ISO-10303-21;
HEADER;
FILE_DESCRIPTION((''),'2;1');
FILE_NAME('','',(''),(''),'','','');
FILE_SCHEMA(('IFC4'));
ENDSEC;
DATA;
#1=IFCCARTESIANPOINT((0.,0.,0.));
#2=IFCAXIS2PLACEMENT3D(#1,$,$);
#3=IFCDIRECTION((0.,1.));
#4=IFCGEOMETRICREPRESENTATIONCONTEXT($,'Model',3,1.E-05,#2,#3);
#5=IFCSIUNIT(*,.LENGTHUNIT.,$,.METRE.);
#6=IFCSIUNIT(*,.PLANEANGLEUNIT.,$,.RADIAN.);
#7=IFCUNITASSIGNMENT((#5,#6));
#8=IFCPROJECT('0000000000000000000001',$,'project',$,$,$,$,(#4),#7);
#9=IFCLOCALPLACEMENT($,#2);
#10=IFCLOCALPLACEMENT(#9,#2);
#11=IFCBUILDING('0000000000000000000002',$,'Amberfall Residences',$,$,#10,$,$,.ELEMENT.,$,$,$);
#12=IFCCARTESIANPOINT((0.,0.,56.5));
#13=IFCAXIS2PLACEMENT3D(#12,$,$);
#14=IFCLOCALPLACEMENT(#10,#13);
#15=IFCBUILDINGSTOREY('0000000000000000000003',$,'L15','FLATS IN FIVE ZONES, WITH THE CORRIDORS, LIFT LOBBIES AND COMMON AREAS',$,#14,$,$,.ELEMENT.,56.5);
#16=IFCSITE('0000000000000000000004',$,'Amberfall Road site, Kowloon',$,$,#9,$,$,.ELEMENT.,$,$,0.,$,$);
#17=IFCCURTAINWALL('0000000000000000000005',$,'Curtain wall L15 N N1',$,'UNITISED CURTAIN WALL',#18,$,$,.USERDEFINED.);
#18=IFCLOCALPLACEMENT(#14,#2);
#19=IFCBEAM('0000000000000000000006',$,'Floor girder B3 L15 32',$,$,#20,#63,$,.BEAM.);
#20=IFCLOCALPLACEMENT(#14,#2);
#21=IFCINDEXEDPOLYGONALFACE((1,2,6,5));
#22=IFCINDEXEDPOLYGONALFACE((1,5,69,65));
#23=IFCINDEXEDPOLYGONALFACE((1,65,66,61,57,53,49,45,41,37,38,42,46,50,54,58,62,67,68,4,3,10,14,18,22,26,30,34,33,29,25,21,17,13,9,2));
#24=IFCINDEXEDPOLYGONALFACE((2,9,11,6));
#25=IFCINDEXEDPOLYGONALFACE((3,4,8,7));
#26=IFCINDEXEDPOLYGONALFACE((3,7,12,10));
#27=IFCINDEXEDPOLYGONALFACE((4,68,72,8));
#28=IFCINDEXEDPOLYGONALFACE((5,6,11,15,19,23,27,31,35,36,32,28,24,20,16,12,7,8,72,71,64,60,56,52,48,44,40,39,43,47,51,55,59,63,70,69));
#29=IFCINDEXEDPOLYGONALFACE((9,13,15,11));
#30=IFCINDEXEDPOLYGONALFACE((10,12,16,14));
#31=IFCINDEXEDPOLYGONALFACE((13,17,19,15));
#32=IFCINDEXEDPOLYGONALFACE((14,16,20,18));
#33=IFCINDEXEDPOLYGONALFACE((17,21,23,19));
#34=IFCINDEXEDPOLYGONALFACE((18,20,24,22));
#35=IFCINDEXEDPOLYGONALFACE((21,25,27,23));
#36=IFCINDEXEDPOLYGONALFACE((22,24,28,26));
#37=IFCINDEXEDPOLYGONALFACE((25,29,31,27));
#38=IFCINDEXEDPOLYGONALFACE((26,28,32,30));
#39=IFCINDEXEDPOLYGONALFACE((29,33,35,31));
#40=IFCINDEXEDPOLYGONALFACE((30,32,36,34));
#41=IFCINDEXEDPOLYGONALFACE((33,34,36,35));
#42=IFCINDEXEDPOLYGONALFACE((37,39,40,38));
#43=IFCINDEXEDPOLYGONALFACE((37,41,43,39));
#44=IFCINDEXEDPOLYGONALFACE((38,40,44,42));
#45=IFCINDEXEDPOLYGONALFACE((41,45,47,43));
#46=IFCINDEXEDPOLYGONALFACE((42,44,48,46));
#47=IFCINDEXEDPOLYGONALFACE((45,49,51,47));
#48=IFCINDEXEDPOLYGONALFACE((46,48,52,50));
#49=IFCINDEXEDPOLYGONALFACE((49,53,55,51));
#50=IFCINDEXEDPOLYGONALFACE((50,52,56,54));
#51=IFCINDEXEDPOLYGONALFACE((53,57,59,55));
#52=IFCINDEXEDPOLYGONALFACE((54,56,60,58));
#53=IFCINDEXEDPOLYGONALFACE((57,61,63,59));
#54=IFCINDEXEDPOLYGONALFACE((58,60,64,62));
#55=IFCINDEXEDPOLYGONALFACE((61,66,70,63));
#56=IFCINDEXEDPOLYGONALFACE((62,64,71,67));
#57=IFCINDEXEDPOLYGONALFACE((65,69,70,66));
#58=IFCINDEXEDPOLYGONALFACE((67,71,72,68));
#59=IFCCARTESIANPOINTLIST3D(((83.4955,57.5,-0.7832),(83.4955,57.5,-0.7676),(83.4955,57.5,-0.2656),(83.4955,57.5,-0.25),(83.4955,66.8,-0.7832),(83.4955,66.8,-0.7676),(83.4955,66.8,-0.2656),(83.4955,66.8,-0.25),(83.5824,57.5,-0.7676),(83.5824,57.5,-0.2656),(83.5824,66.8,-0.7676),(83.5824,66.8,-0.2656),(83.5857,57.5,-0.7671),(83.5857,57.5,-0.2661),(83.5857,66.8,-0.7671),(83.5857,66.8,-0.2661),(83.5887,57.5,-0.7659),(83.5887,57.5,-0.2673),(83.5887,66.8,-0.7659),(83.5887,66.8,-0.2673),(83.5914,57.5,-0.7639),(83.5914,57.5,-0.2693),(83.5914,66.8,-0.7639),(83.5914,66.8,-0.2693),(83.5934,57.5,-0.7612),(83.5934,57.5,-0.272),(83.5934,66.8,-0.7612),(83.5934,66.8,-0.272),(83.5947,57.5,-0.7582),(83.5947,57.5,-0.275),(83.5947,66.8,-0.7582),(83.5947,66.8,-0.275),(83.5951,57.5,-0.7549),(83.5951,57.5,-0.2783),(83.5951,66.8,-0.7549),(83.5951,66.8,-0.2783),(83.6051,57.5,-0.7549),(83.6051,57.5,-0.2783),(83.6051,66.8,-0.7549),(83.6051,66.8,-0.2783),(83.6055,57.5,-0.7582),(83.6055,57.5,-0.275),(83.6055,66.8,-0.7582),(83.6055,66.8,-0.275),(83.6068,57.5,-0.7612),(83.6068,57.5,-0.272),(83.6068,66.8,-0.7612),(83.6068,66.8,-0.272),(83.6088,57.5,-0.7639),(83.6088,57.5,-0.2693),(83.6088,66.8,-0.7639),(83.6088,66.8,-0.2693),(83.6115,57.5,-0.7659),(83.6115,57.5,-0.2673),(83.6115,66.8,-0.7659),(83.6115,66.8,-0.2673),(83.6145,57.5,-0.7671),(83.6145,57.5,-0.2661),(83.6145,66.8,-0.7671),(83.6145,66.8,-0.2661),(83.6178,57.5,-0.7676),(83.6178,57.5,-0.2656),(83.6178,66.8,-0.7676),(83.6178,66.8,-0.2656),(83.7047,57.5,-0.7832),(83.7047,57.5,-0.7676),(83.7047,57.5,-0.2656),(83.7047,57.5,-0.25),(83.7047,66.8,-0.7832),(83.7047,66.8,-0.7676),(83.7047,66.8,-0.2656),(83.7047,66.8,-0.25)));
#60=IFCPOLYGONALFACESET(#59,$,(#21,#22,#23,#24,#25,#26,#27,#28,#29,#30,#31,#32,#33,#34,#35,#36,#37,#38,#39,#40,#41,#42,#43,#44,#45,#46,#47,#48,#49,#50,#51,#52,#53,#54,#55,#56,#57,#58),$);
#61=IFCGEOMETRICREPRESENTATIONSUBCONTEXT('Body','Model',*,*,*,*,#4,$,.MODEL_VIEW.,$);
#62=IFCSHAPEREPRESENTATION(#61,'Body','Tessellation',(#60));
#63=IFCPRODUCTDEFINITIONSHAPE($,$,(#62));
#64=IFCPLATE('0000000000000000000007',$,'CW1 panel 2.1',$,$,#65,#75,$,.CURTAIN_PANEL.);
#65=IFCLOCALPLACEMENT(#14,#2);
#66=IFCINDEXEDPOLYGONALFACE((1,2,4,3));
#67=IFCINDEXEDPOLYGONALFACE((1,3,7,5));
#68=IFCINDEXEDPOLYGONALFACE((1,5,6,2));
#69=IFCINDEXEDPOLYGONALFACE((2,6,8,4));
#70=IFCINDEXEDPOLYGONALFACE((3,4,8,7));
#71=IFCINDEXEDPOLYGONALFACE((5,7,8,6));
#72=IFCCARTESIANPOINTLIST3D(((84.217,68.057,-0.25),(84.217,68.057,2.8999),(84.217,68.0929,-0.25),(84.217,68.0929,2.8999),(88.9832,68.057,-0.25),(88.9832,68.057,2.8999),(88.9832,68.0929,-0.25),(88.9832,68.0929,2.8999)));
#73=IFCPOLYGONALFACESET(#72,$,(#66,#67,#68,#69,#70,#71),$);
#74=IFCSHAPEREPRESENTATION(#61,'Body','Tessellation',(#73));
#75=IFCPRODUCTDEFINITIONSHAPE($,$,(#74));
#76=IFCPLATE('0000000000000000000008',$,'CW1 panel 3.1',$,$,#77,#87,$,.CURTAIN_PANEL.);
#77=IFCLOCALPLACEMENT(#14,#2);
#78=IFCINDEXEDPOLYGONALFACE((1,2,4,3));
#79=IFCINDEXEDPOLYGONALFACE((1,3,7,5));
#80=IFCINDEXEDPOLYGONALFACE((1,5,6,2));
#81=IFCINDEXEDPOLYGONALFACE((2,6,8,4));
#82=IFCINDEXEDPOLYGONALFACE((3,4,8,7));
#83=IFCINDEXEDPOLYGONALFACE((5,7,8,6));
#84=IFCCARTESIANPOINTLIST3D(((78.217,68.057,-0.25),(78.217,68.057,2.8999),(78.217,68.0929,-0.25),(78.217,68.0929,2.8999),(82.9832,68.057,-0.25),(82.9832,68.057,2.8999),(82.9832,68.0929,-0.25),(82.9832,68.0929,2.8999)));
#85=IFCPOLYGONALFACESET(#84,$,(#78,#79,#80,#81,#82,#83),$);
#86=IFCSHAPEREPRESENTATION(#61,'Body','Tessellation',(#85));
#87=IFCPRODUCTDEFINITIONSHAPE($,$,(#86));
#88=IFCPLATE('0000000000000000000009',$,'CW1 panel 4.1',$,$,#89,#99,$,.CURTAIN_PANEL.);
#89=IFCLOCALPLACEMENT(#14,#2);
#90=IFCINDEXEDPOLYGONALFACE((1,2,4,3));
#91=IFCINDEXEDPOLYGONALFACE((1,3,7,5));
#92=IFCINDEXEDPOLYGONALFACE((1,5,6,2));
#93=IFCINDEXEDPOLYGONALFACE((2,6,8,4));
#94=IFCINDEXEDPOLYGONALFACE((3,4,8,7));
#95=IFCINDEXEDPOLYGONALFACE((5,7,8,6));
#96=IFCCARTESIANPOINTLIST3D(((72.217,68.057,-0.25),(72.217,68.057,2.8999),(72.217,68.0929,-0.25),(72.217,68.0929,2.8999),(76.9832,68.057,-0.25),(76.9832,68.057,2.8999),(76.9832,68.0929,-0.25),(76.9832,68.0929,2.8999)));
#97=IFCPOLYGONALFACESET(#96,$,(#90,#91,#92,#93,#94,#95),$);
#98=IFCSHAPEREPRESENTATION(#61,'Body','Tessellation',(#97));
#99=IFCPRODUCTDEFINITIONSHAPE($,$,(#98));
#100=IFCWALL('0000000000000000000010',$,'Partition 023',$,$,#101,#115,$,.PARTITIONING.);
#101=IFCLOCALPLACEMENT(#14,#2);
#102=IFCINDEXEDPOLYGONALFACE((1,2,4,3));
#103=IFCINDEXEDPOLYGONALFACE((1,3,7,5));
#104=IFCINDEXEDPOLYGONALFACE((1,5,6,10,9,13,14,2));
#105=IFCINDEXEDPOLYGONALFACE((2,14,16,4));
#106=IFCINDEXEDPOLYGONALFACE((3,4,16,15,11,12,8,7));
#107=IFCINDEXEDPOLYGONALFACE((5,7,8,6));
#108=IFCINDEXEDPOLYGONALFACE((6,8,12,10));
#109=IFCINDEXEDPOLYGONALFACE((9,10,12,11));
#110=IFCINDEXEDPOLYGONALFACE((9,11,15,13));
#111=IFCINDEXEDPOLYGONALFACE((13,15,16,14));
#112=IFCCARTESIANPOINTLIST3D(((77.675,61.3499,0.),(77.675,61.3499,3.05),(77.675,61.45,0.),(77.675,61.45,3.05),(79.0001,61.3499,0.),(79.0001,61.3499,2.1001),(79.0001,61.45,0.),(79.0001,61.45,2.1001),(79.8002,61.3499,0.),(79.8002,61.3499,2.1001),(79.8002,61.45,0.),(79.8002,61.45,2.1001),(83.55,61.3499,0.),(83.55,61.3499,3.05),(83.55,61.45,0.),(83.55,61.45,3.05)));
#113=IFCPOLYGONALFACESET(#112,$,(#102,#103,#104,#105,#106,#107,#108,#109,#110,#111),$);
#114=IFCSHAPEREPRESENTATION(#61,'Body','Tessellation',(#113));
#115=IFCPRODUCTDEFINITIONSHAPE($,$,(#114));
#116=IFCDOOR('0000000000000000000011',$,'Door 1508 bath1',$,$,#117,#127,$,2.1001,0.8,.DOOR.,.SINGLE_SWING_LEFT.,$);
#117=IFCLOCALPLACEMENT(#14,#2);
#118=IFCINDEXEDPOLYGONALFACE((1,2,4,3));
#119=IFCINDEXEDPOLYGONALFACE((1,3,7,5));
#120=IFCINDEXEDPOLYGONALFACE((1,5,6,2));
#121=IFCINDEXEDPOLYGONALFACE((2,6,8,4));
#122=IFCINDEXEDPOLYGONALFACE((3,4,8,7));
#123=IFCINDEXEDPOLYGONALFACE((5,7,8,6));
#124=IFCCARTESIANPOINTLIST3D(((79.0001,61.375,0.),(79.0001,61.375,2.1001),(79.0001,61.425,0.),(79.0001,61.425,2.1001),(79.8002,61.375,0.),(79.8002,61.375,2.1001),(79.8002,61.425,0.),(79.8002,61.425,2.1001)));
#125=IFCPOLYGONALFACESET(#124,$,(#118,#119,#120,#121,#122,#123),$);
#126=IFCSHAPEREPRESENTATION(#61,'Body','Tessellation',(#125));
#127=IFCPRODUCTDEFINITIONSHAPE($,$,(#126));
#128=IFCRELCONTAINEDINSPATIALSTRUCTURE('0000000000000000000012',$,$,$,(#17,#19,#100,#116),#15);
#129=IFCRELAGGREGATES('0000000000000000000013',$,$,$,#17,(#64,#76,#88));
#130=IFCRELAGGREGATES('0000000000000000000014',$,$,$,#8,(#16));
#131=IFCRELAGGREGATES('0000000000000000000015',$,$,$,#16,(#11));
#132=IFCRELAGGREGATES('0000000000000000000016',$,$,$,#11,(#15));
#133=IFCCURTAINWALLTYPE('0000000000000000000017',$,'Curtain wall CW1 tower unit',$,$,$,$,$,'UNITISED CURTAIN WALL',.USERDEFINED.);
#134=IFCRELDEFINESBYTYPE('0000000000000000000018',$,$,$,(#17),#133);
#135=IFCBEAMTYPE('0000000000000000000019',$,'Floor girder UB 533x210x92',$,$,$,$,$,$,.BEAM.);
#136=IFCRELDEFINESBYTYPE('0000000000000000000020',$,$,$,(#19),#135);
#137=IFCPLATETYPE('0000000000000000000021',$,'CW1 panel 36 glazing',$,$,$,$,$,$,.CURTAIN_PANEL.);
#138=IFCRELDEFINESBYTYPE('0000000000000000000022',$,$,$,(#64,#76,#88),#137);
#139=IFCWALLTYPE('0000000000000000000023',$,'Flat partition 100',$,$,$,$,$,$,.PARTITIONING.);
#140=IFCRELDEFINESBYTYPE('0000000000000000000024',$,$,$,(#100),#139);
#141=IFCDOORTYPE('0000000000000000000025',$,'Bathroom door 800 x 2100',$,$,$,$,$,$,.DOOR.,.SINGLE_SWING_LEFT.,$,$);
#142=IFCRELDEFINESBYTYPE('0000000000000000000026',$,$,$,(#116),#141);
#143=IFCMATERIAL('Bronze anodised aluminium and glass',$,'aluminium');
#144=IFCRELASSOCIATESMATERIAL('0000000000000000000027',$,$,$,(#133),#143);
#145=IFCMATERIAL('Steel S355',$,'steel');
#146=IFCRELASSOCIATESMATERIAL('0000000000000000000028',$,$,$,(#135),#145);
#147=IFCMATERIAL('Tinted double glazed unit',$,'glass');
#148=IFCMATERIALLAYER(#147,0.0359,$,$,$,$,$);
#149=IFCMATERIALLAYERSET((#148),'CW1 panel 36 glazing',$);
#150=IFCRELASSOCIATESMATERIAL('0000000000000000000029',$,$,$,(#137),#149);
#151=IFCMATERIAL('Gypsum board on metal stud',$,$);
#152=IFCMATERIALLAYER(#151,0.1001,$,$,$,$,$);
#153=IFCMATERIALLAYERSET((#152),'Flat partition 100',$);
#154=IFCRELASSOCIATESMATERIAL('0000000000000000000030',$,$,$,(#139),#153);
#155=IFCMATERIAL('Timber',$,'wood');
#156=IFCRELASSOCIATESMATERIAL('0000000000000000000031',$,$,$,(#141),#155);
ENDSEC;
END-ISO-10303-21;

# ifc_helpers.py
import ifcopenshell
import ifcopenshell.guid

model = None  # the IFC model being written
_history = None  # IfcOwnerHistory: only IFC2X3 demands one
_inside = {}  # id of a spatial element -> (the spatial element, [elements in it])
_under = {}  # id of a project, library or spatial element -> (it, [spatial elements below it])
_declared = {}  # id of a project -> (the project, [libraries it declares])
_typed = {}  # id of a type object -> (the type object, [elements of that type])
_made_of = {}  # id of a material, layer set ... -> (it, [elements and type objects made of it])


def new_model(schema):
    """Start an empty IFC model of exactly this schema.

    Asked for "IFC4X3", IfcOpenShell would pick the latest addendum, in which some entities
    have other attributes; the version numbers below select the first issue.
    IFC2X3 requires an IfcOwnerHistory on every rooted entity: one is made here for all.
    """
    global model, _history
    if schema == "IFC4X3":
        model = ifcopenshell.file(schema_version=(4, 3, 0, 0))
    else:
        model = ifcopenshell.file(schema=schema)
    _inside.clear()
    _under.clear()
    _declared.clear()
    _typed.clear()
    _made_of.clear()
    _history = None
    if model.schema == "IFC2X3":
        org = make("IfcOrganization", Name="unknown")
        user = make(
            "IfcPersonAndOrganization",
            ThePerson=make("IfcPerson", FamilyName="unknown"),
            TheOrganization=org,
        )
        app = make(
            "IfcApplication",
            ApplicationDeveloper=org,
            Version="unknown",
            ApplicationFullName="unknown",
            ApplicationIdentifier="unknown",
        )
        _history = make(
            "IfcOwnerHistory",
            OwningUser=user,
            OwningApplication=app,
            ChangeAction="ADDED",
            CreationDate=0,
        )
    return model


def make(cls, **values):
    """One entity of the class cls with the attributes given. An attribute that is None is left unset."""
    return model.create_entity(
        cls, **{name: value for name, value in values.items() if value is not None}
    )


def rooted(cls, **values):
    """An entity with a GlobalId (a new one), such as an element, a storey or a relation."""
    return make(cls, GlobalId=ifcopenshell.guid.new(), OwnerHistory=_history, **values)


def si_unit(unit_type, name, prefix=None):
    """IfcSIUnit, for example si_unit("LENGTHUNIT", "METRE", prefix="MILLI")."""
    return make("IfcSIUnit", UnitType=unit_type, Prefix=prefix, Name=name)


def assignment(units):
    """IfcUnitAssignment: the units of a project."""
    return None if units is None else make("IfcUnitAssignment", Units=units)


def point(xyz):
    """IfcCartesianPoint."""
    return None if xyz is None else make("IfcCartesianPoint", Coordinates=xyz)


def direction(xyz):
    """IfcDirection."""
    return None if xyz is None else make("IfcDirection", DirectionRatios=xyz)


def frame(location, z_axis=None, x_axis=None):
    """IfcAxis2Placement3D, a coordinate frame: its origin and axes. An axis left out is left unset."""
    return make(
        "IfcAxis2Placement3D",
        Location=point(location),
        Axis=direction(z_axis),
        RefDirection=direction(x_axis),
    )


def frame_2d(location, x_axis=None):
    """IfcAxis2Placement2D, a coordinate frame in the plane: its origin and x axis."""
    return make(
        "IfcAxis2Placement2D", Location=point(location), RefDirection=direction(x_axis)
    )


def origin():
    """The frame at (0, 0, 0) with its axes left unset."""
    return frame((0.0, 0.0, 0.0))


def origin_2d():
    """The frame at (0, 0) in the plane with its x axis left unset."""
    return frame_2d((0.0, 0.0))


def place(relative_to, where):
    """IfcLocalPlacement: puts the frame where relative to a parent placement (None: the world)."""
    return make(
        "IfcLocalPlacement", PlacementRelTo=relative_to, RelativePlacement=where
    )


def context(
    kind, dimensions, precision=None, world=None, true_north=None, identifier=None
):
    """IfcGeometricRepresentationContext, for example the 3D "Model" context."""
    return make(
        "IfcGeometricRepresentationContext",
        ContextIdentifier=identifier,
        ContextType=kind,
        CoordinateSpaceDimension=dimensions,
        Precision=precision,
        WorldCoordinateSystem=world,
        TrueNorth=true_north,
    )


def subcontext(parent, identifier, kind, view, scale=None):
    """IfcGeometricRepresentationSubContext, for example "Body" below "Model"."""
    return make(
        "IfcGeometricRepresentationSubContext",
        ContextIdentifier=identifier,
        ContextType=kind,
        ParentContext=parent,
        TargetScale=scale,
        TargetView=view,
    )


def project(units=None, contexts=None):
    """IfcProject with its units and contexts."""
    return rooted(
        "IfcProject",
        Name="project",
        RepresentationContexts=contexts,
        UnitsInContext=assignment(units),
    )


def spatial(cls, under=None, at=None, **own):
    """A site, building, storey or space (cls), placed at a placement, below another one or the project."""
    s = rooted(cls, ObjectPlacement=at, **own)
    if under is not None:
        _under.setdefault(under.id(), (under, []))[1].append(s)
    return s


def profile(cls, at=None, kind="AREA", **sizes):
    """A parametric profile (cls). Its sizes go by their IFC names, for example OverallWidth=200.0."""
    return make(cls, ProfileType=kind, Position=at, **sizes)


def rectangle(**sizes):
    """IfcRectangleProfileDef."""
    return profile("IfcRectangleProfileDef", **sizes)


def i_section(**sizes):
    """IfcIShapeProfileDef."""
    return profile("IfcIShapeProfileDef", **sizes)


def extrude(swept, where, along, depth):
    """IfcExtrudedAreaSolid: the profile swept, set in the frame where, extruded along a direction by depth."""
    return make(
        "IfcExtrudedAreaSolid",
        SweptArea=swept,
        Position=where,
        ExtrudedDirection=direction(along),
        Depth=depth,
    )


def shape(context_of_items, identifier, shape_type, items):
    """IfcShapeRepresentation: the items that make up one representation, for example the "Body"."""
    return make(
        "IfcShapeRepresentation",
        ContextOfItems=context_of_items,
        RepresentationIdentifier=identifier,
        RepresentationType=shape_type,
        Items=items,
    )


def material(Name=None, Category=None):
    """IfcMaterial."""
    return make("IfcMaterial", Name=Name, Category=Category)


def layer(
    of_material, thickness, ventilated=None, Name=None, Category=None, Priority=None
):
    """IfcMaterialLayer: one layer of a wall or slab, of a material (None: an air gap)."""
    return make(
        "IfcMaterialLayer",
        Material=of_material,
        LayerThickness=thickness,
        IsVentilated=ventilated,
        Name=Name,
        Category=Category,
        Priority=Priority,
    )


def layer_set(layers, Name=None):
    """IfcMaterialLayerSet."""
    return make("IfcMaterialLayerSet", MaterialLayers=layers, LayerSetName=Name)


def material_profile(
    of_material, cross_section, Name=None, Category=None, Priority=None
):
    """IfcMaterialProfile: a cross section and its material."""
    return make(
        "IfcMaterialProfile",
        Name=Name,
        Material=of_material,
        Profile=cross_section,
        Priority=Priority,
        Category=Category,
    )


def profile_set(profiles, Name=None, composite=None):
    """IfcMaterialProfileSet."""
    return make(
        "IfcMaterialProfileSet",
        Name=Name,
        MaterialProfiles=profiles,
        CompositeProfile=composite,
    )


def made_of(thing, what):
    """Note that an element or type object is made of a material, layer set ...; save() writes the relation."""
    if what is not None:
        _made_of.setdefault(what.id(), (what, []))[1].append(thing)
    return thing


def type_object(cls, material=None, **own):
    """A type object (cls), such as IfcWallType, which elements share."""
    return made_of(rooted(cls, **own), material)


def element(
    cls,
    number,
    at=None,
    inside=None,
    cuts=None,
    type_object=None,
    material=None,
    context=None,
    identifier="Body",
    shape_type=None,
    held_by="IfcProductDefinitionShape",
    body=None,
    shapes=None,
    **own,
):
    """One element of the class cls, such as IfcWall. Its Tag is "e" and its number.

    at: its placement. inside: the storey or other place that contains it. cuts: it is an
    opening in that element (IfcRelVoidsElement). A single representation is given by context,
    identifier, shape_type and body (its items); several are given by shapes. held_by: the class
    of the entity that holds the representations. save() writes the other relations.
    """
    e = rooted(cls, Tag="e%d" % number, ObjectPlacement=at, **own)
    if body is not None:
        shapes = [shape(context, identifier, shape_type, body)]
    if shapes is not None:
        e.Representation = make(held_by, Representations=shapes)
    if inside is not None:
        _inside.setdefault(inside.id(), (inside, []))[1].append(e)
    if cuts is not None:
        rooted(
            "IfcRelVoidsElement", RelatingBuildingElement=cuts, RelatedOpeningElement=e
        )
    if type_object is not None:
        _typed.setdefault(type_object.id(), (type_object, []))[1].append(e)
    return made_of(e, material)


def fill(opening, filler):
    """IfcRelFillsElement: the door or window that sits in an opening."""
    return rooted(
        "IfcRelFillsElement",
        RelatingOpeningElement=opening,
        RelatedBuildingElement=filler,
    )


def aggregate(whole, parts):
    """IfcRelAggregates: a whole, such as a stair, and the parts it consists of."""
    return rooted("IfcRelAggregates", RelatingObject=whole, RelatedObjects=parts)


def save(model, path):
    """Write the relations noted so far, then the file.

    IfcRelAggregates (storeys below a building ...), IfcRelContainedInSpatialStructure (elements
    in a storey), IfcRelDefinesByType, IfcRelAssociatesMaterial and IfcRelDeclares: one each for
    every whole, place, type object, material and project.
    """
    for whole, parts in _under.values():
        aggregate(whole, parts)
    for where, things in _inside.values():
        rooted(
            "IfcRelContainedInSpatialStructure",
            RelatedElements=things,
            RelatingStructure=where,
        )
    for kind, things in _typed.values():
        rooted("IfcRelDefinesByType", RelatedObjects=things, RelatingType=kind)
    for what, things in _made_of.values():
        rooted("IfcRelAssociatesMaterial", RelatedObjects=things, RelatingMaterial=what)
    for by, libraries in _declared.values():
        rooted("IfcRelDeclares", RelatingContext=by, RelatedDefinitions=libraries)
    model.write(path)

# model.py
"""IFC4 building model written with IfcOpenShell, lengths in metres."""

from ifc_helpers import new_model, si_unit, direction, frame, frame_2d, origin, origin_2d, place, context, subcontext, project, spatial, rectangle, i_section, extrude, material, layer, layer_set, material_profile, profile_set, type_object, element, fill, aggregate, save


model = new_model("IFC4")

# Units and contexts
model_context = context("Model", 3, precision=1e-05, world=origin(), true_north=direction((0.0, 1.0)))
body_context = subcontext(model_context, "Body", "Model", "MODEL_VIEW")
ifc_project = project(units=[si_unit("LENGTHUNIT", "METRE"), si_unit("PLANEANGLEUNIT", "RADIAN")], contexts=[model_context])

# Site, building, storey
site_placement = place(None, origin())
site = spatial("IfcSite", under=ifc_project, at=site_placement, Name="Amberfall Road site, Kowloon", CompositionType="ELEMENT", RefElevation=0.0)
building_placement = place(site_placement, origin())
building = spatial("IfcBuilding", under=site, at=building_placement, Name="Amberfall Residences", CompositionType="ELEMENT")
storey_placement = place(building_placement, frame((0.0, 0.0, 56.5)))
storey = spatial("IfcBuildingStorey", under=building, at=storey_placement, Name="L15", Description="FLATS IN FIVE ZONES, WITH THE CORRIDORS, LIFT LOBBIES AND COMMON AREAS", CompositionType="ELEMENT", Elevation=56.5)

# Curtain wall
ifc_material_1 = material(Name="Bronze anodised aluminium and glass", Category="aluminium")
curtain_wall_type = type_object("IfcCurtainWallType", Name="Curtain wall CW1 tower unit", ElementType="UNITISED CURTAIN WALL", PredefinedType="USERDEFINED", material=ifc_material_1)
curtain_wall_placement = place(storey_placement, origin())
curtain_wall = element("IfcCurtainWall", 1, at=curtain_wall_placement, inside=storey, type_object=curtain_wall_type, Name="Curtain wall L15 N N1", ObjectType="UNITISED CURTAIN WALL", PredefinedType="USERDEFINED")

# Shared definitions
ifc_material_2 = material(Name="Steel S355", Category="steel")

# Beam
ifc_material_profile_1 = material_profile(ifc_material_2, i_section(OverallWidth=0.2092, OverallDepth=0.5332, WebThickness=0.01, FlangeThickness=0.0156, FilletRadius=0.0127, at=origin_2d()), Name="UB 533x210x92")
ifc_profile_set_1 = profile_set([ifc_material_profile_1], Name="Steel S355")
beam_type_1 = type_object("IfcBeamType", Name="Floor girder UB 533x210x92", PredefinedType="BEAM", material=ifc_profile_set_1)
for number, where, z_axis, x_axis, name in (
    (2, (83.6001, 66.8, -0.5166), (0.0, -1.0, 0.0), (1.0, 0.0, 0.0), "Floor girder B3 L15 32"),
):
    element("IfcBeam", number, at=place(storey_placement, frame(where, z_axis=z_axis, x_axis=x_axis)), inside=storey, type_object=beam_type_1, Name=name, PredefinedType="BEAM", context=body_context, shape_type="SweptSolid", body=[
        extrude(i_section(OverallWidth=0.2092, OverallDepth=0.5332, WebThickness=0.01, FlangeThickness=0.0156, FilletRadius=0.0127, at=origin_2d()), origin(), (0.0, 0.0, 1.0), 9.3),
    ])

# Plates
ifc_material_3 = material(Name="Tinted double glazed unit", Category="glass")
ifc_layer_1 = layer(ifc_material_3, 0.0359)
ifc_layer_set_1 = layer_set([ifc_layer_1], Name="CW1 panel 36 glazing")
plate_type = type_object("IfcPlateType", Name="CW1 panel 36 glazing", PredefinedType="CURTAIN_PANEL", material=ifc_layer_set_1)
plate_1_placement = place(storey_placement, frame((86.6001, 68.075, -0.25), z_axis=(0.0, 0.0, 1.0), x_axis=(-1.0, 0.0, 0.0)))
plate_1 = element("IfcPlate", 3, at=plate_1_placement, type_object=plate_type, Name="CW1 panel 2.1", PredefinedType="CURTAIN_PANEL", context=body_context, shape_type="SweptSolid", body=[
    extrude(rectangle(XDim=4.7661, YDim=0.0359, at=origin_2d()), origin(), (0.0, 0.0, 1.0), 3.1499),
])
plate_2_placement = place(storey_placement, frame((80.6001, 68.075, -0.25), z_axis=(0.0, 0.0, 1.0), x_axis=(-1.0, 0.0, 0.0)))
plate_2 = element("IfcPlate", 4, at=plate_2_placement, type_object=plate_type, Name="CW1 panel 3.1", PredefinedType="CURTAIN_PANEL", context=body_context, shape_type="SweptSolid", body=[
    extrude(rectangle(XDim=4.7661, YDim=0.0359, at=origin_2d()), origin(), (0.0, 0.0, 1.0), 3.1499),
])
plate_3_placement = place(storey_placement, frame((74.6001, 68.075, -0.25), z_axis=(0.0, 0.0, 1.0), x_axis=(-1.0, 0.0, 0.0)))
plate_3 = element("IfcPlate", 5, at=plate_3_placement, type_object=plate_type, Name="CW1 panel 4.1", PredefinedType="CURTAIN_PANEL", context=body_context, shape_type="SweptSolid", body=[
    extrude(rectangle(XDim=4.7661, YDim=0.0359, at=origin_2d()), origin(), (0.0, 0.0, 1.0), 3.1499),
])
aggregate(curtain_wall, [plate_1, plate_2, plate_3])

# Wall, opening, door
ifc_material_4 = material(Name="Gypsum board on metal stud")
ifc_layer_2 = layer(ifc_material_4, 0.1001)
ifc_layer_set_2 = layer_set([ifc_layer_2], Name="Flat partition 100")
wall_type_1 = type_object("IfcWallType", Name="Flat partition 100", PredefinedType="PARTITIONING", material=ifc_layer_set_2)
wall_1_placement = place(storey_placement, frame((83.55, 61.3999, 0.0), z_axis=(0.0, 0.0, 1.0), x_axis=(-1.0, 0.0, 0.0)))
wall_1 = element("IfcWall", 6, at=wall_1_placement, inside=storey, type_object=wall_type_1, Name="Partition 023", PredefinedType="PARTITIONING", context=body_context, shape_type="SweptSolid", body=[
    extrude(rectangle(XDim=5.875, YDim=0.1001, at=frame_2d((2.9375, 0.0))), origin(), (0.0, 0.0, 1.0), 3.05),
])
opening_1_placement = place(wall_1_placement, frame((3.75, 0.0, 0.0)))
opening_1 = element("IfcOpeningElement", 7, at=opening_1_placement, cuts=wall_1, PredefinedType="OPENING", context=body_context, shape_type="SweptSolid", body=[
    extrude(rectangle(XDim=0.8, YDim=2.1001, at=frame_2d((0.3999, 1.05))), frame((0.0, 0.0601, 0.0), z_axis=(0.0, -1.0, 0.0), x_axis=(1.0, 0.0, 0.0)), (0.0, 0.0, 1.0), 0.1201),
])
ifc_material_5 = material(Name="Timber", Category="wood")
door_type_1 = type_object("IfcDoorType", Name="Bathroom door 800 x 2100", OperationType="SINGLE_SWING_LEFT", PredefinedType="DOOR", material=ifc_material_5)
door_1_placement = place(opening_1_placement, origin())
door_1 = element("IfcDoor", 8, at=door_1_placement, inside=storey, type_object=door_type_1, Name="Door 1508 bath1", OperationType="SINGLE_SWING_LEFT", OverallHeight=2.1001, OverallWidth=0.8, PredefinedType="DOOR", context=body_context, shape_type="SweptSolid", body=[
    extrude(rectangle(XDim=0.8, YDim=2.1001, at=frame_2d((0.3999, 1.05))), frame((0.0, 0.0249, 0.0), z_axis=(0.0, -1.0, 0.0), x_axis=(1.0, 0.0, 0.0)), (0.0, 0.0, 1.0), 0.05),
])
fill(opening_1, door_1)

save(model, "model.ifc")
